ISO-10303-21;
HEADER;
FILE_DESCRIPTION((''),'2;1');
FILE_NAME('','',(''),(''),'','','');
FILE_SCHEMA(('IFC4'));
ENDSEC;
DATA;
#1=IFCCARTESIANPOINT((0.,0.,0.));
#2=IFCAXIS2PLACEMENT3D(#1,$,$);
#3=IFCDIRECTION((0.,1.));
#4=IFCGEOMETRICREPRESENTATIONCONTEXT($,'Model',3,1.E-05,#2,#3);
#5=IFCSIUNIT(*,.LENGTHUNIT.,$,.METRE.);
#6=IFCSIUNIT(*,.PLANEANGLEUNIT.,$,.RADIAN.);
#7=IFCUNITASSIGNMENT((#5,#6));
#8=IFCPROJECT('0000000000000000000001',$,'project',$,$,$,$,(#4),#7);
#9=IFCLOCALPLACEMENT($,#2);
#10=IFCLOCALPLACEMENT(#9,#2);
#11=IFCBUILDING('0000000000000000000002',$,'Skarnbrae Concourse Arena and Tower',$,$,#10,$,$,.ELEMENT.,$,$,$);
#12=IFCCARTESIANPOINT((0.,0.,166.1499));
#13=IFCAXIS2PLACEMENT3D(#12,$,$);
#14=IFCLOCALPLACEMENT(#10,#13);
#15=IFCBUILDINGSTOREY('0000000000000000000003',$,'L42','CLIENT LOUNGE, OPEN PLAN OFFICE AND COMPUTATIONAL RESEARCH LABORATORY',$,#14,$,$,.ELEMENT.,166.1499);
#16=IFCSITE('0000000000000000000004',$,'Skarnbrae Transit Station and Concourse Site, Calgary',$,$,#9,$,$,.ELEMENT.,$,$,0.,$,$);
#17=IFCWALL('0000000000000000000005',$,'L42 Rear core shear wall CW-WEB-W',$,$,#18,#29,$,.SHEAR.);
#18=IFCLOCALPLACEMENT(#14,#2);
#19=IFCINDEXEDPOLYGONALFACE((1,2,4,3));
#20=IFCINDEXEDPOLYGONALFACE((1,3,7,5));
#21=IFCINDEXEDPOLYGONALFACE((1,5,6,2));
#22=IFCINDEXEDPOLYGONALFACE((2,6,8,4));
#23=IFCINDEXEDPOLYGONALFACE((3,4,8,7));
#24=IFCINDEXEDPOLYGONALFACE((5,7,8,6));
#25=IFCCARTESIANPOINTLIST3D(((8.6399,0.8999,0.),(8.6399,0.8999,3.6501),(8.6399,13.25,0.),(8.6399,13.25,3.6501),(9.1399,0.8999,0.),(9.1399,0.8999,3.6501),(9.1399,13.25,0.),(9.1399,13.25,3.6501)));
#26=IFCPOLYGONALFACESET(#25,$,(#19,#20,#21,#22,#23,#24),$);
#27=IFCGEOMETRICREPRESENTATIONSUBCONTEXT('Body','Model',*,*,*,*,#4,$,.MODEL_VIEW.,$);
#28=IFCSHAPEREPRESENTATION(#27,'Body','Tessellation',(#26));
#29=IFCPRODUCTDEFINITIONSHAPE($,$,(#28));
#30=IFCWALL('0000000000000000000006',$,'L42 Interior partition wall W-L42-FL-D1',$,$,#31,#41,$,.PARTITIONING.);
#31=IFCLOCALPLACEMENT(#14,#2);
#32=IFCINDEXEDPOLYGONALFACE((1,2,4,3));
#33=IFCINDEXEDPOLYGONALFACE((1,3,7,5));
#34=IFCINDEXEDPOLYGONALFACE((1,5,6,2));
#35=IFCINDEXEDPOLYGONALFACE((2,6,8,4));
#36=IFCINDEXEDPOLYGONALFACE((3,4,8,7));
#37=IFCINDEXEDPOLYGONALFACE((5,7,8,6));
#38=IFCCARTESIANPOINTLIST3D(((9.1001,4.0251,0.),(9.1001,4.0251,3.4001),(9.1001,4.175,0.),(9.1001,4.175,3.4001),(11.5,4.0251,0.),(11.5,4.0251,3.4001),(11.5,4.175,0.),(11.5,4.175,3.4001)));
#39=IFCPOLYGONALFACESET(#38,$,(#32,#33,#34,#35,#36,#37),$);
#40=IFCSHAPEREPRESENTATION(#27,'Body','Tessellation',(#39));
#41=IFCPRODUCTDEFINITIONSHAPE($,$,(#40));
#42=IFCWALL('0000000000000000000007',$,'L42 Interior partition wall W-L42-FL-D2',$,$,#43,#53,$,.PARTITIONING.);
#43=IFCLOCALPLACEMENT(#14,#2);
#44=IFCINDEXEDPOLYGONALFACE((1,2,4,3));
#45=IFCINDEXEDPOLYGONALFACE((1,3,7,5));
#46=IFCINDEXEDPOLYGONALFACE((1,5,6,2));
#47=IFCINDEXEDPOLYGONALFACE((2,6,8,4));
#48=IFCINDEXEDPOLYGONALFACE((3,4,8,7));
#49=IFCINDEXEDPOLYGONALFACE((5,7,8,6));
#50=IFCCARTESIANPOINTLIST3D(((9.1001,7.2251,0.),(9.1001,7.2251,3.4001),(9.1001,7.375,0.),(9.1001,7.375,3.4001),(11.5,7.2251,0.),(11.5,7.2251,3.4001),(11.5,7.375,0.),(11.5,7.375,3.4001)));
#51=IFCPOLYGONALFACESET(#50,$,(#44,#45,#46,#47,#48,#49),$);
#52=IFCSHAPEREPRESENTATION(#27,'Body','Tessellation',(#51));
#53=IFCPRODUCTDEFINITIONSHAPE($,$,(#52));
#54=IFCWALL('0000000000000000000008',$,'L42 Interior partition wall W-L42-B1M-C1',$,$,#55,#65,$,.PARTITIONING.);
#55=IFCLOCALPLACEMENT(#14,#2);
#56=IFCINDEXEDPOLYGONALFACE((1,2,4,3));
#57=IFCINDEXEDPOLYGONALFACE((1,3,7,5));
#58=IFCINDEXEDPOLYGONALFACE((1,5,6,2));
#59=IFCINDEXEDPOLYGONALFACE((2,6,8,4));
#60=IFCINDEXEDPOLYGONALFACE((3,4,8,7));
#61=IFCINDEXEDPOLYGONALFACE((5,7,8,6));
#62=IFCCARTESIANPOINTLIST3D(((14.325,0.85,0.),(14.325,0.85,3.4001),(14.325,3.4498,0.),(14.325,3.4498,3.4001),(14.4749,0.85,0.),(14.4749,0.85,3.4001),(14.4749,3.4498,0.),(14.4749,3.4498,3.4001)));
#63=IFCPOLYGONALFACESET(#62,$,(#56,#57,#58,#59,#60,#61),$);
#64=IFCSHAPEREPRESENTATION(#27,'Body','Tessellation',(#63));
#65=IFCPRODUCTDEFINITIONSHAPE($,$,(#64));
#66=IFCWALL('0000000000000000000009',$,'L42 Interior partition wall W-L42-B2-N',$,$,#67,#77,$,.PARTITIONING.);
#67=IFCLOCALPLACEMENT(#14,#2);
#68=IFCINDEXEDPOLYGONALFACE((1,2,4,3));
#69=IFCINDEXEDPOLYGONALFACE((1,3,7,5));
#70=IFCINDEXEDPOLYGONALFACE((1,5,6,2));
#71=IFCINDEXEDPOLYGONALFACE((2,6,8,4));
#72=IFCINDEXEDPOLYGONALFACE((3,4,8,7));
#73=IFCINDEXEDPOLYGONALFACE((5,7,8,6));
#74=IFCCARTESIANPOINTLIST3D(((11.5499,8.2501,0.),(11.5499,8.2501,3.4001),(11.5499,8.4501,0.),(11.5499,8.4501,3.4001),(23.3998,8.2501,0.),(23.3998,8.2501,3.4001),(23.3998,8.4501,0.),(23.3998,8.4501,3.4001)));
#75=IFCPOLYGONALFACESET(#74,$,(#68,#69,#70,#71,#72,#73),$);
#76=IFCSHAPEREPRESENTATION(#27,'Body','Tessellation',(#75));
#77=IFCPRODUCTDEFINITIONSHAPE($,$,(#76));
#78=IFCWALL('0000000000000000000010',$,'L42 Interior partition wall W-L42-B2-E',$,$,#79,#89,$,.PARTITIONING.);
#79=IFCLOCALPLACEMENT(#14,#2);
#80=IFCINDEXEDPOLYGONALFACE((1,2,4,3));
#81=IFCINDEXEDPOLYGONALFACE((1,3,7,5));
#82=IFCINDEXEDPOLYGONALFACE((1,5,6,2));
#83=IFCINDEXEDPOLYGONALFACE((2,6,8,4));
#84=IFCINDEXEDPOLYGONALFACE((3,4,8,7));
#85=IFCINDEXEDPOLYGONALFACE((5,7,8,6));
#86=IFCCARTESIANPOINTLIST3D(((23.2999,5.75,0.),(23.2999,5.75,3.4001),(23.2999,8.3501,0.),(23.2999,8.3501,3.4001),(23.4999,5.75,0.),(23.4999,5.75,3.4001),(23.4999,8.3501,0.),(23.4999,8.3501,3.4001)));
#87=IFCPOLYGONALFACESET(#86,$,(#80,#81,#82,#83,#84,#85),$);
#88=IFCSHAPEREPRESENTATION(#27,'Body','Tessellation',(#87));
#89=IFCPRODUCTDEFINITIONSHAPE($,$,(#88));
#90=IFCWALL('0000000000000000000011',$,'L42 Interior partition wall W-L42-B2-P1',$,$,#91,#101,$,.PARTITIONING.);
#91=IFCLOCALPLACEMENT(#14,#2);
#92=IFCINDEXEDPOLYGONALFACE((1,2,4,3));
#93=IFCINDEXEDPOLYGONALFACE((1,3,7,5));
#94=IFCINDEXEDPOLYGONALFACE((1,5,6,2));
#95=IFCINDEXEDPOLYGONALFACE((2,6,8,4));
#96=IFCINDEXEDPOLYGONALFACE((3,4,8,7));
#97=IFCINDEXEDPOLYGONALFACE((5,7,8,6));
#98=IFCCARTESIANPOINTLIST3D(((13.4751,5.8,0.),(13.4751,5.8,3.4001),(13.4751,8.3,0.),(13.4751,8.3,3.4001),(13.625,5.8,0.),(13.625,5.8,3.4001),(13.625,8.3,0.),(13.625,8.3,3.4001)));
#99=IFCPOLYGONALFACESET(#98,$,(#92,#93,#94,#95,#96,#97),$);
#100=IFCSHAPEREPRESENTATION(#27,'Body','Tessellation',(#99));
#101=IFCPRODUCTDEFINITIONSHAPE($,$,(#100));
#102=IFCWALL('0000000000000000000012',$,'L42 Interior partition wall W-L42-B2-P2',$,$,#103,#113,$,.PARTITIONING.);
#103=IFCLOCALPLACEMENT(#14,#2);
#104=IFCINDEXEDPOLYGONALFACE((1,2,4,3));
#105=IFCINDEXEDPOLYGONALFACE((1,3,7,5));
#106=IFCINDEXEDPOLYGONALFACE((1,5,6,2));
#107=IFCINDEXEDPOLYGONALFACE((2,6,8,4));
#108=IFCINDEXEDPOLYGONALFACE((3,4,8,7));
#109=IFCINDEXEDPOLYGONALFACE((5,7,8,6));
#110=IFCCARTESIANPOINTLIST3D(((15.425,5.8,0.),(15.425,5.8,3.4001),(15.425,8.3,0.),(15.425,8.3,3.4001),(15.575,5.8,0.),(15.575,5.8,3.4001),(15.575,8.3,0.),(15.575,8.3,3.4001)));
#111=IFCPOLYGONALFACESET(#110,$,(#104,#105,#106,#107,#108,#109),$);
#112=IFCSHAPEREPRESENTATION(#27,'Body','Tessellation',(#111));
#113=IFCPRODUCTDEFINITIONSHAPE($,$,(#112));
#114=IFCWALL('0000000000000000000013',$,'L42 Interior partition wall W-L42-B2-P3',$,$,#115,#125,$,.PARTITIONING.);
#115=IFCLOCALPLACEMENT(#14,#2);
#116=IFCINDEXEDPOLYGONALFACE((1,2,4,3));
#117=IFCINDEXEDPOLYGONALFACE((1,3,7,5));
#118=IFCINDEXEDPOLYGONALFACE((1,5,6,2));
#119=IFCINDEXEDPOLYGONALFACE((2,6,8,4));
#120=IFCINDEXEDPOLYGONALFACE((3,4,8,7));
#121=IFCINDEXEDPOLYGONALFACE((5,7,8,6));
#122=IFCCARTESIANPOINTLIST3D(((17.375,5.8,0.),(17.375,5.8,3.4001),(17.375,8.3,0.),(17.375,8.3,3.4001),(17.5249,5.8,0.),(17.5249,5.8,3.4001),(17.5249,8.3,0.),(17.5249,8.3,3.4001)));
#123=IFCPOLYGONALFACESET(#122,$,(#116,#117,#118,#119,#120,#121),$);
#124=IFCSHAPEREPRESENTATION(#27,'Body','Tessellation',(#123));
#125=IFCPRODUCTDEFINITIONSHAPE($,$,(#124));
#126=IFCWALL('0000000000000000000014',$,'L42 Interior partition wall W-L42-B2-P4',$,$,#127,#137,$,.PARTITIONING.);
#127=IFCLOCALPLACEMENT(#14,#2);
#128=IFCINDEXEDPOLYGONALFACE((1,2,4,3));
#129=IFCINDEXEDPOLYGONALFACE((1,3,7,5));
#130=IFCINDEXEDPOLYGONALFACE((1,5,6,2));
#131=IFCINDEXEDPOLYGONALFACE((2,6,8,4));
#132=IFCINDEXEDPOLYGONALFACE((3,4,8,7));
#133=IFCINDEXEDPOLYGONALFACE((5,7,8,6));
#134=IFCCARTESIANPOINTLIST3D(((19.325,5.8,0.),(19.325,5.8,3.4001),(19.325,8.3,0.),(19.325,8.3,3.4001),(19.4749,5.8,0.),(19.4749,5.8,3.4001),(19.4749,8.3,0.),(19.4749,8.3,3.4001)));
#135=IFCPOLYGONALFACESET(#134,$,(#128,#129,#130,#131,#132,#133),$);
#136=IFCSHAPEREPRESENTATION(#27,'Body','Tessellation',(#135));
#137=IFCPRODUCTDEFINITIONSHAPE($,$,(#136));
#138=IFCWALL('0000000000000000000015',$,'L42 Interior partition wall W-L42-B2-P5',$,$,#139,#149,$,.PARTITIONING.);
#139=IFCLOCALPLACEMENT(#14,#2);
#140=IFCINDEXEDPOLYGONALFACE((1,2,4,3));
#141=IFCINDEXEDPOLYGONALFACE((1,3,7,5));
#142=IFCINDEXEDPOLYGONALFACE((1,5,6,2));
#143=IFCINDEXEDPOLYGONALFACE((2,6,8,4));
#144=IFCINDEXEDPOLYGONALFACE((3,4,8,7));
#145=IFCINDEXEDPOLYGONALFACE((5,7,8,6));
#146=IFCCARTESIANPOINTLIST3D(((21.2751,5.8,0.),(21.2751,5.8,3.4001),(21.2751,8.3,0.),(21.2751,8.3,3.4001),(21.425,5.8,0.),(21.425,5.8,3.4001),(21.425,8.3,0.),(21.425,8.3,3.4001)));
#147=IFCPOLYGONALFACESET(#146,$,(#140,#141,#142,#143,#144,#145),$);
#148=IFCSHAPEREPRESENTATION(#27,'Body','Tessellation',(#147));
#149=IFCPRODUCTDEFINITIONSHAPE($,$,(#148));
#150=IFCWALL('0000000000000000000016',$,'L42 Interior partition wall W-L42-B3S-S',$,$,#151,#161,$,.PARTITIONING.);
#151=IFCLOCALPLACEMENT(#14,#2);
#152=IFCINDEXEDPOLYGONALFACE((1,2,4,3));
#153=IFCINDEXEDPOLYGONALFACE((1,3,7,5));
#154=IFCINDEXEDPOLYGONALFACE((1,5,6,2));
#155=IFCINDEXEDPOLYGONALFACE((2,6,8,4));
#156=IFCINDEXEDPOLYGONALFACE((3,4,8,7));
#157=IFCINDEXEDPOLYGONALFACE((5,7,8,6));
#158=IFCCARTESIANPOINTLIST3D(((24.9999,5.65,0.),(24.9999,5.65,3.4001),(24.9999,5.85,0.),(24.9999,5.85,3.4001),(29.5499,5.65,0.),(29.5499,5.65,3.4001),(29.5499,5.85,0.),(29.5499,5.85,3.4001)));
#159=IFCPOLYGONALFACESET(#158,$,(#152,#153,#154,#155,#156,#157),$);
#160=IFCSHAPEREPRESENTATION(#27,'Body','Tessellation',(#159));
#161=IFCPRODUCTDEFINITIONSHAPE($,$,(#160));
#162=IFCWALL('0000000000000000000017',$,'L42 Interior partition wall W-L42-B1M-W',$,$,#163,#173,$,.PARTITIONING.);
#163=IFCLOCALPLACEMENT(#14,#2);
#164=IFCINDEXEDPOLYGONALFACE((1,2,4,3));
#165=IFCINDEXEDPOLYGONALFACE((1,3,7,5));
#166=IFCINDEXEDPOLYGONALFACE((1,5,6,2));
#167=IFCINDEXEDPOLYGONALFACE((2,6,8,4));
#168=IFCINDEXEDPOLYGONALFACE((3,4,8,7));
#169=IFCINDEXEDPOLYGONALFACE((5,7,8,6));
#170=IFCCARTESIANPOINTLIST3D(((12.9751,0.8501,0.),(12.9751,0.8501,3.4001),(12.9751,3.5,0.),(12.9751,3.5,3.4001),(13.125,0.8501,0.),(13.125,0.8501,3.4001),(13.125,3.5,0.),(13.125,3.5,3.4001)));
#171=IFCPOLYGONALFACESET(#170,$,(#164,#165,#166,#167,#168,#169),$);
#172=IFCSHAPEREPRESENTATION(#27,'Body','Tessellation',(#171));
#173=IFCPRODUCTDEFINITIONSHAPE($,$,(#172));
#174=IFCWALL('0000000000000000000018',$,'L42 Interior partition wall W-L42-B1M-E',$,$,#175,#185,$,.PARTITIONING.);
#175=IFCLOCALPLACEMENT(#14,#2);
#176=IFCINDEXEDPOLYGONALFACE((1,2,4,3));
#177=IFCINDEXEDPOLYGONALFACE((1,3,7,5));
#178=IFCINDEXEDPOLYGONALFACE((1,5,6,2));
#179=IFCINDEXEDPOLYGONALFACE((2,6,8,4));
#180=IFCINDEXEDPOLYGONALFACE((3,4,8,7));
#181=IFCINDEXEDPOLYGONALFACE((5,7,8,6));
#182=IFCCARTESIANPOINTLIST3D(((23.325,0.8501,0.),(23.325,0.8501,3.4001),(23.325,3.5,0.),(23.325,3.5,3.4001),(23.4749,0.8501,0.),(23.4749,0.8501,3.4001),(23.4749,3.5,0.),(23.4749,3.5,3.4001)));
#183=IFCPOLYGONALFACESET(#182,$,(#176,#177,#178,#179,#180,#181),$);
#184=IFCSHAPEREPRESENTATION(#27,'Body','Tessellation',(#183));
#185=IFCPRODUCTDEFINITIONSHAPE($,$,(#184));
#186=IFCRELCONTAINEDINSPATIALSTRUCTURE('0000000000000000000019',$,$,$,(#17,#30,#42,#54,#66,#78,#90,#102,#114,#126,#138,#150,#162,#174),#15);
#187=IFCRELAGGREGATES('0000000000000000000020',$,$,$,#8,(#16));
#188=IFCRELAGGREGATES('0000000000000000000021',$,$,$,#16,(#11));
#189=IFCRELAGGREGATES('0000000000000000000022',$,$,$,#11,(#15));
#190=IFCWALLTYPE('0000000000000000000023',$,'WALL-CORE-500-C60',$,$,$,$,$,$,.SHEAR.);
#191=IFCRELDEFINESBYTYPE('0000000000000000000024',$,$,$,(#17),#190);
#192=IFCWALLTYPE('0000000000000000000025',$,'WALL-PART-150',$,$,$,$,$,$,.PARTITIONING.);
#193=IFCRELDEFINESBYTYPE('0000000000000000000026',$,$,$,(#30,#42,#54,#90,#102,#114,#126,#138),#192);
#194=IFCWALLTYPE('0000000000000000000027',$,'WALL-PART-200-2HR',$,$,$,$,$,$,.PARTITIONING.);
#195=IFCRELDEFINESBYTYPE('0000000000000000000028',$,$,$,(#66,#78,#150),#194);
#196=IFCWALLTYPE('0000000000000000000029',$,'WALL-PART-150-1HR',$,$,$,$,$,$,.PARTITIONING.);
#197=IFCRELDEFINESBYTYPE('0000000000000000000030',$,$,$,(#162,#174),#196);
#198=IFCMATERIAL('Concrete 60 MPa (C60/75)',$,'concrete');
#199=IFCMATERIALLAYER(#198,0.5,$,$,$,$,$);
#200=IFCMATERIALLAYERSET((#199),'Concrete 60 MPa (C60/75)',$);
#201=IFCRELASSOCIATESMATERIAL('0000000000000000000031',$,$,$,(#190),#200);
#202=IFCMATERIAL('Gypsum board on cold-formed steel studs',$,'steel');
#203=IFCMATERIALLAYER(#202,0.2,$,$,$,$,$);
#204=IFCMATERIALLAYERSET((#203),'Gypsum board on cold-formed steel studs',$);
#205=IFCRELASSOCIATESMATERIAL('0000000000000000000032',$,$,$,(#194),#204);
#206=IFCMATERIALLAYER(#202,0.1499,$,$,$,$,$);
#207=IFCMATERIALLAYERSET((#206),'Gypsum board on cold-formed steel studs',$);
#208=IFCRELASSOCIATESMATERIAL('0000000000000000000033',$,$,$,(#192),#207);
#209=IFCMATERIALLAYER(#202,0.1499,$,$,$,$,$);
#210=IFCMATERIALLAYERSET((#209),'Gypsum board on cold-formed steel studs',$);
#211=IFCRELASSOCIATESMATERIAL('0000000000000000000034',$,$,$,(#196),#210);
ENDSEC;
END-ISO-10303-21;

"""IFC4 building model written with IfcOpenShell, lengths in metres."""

from ifc_helpers import new_model, si_unit, direction, frame, frame_2d, origin, place, context, subcontext, project, spatial, rectangle, extrude, source, transform, mapped, material, layer, layer_set, type_object, element, save


model = new_model("IFC4")

# Units and contexts
model_context = context("Model", 3, precision=1e-05, world=origin(), true_north=direction((0.0, 1.0)))
body_context = subcontext(model_context, "Body", "Model", "MODEL_VIEW")
ifc_project = project(units=[si_unit("LENGTHUNIT", "METRE"), si_unit("PLANEANGLEUNIT", "RADIAN")], contexts=[model_context])

# Site, building, storey
site_placement = place(None, origin())
site = spatial("IfcSite", under=ifc_project, at=site_placement, Name="Skarnbrae Transit Station and Concourse Site, Calgary", CompositionType="ELEMENT", RefElevation=0.0)
building_placement = place(site_placement, origin())
building = spatial("IfcBuilding", under=site, at=building_placement, Name="Skarnbrae Concourse Arena and Tower", CompositionType="ELEMENT")
storey_placement = place(building_placement, frame((0.0, 0.0, 166.1499)))
storey = spatial("IfcBuildingStorey", under=building, at=storey_placement, Name="L42", Description="CLIENT LOUNGE, OPEN PLAN OFFICE AND COMPUTATIONAL RESEARCH LABORATORY", CompositionType="ELEMENT", Elevation=166.1499)

# Wall
ifc_material_1 = material(Name="Concrete 60 MPa (C60/75)", Category="concrete")
ifc_layer_1 = layer(ifc_material_1, 0.5)
ifc_layer_set_1 = layer_set([ifc_layer_1], Name="Concrete 60 MPa (C60/75)")
wall_type_1 = type_object("IfcWallType", Name="WALL-CORE-500-C60", PredefinedType="SHEAR", material=ifc_layer_set_1)
shared_shape_1 = source(origin(), body_context, "Body", "SweptSolid", [
    extrude(rectangle(XDim=12.3501, YDim=0.5, at=frame_2d((6.175, 0.0))), origin(), (0.0, 0.0, 1.0), 3.6501),
])
wall_1_placement = place(storey_placement, frame((8.8899, 0.8999, 0.0), z_axis=(0.0, 0.0, 1.0), x_axis=(0.0, 1.0, 0.0)))
element("IfcWall", 1, at=wall_1_placement, inside=storey, type_object=wall_type_1, Name="L42 Rear core shear wall CW-WEB-W", PredefinedType="SHEAR", context=body_context, shape_type="MappedRepresentation", body=[
    mapped(shared_shape_1, transform((0.0, 0.0, 0.0))),
])

# Shared definitions
ifc_material_2 = material(Name="Gypsum board on cold-formed steel studs", Category="steel")
ifc_layer_2 = layer(ifc_material_2, 0.2)
ifc_layer_set_2 = layer_set([ifc_layer_2], Name="Gypsum board on cold-formed steel studs")
wall_type_2 = type_object("IfcWallType", Name="WALL-PART-200-2HR", PredefinedType="PARTITIONING", material=ifc_layer_set_2)

# Walls
ifc_layer_3 = layer(ifc_material_2, 0.1499)
ifc_layer_set_3 = layer_set([ifc_layer_3], Name="Gypsum board on cold-formed steel studs")
wall_type_3 = type_object("IfcWallType", Name="WALL-PART-150", PredefinedType="PARTITIONING", material=ifc_layer_set_3)
shared_shape_2 = source(origin(), body_context, "Body", "SweptSolid", [
    extrude(rectangle(XDim=2.3999, YDim=0.1499, at=frame_2d((1.2, 0.0))), origin(), (0.0, 0.0, 1.0), 3.4001),
])
for number, where, z_axis, x_axis, name in (
    (2, (9.1001, 4.1001, 0.0), (0.0, 0.0, 1.0), (1.0, 0.0, 0.0), "L42 Interior partition wall W-L42-FL-D1"),
    (3, (9.1001, 7.3, 0.0), (0.0, 0.0, 1.0), (1.0, 0.0, 0.0), "L42 Interior partition wall W-L42-FL-D2"),
):
    element("IfcWall", number, at=place(storey_placement, frame(where, z_axis=z_axis, x_axis=x_axis)), inside=storey, type_object=wall_type_3, Name=name, PredefinedType="PARTITIONING", context=body_context, shape_type="MappedRepresentation", body=[
        mapped(shared_shape_2, transform((0.0, 0.0, 0.0))),
    ])
shared_shape_3 = source(origin(), body_context, "Body", "SweptSolid", [
    extrude(rectangle(XDim=2.5999, YDim=0.1499, at=frame_2d((1.2998, 0.0))), origin(), (0.0, 0.0, 1.0), 3.4001),
])
wall_2_placement = place(storey_placement, frame((14.3999, 0.8501, 0.0), z_axis=(0.0, 0.0, 1.0), x_axis=(0.0, 1.0, 0.0)))
element("IfcWall", 4, at=wall_2_placement, inside=storey, type_object=wall_type_3, Name="L42 Interior partition wall W-L42-B1M-C1", PredefinedType="PARTITIONING", context=body_context, shape_type="MappedRepresentation", body=[
    mapped(shared_shape_3, transform((0.0, 0.0, 0.0))),
])

# Shared definitions
shared_shape_4 = source(origin(), body_context, "Body", "SweptSolid", [
    extrude(rectangle(XDim=11.8499, YDim=0.2, at=frame_2d((5.9248, 0.0))), origin(), (0.0, 0.0, 1.0), 3.4001),
])

# Walls
wall_3_placement = place(storey_placement, frame((11.55, 8.3501, 0.0), z_axis=(0.0, 0.0, 1.0), x_axis=(1.0, 0.0, 0.0)))
element("IfcWall", 5, at=wall_3_placement, inside=storey, type_object=wall_type_2, Name="L42 Interior partition wall W-L42-B2-N", PredefinedType="PARTITIONING", context=body_context, shape_type="MappedRepresentation", body=[
    mapped(shared_shape_4, transform((0.0, 0.0, 0.0))),
])
shared_shape_5 = source(origin(), body_context, "Body", "SweptSolid", [
    extrude(rectangle(XDim=2.6001, YDim=0.2, at=frame_2d((1.3, 0.0))), origin(), (0.0, 0.0, 1.0), 3.4001),
])
wall_4_placement = place(storey_placement, frame((23.3999, 5.75, 0.0), z_axis=(0.0, 0.0, 1.0), x_axis=(0.0, 1.0, 0.0)))
element("IfcWall", 6, at=wall_4_placement, inside=storey, type_object=wall_type_2, Name="L42 Interior partition wall W-L42-B2-E", PredefinedType="PARTITIONING", context=body_context, shape_type="MappedRepresentation", body=[
    mapped(shared_shape_5, transform((0.0, 0.0, 0.0))),
])
shared_shape_6 = source(origin(), body_context, "Body", "SweptSolid", [
    extrude(rectangle(XDim=2.5, YDim=0.1499, at=frame_2d((1.25, 0.0))), origin(), (0.0, 0.0, 1.0), 3.4001),
])
for number, where, z_axis, x_axis, name in (
    (7, (13.55, 5.8, 0.0), (0.0, 0.0, 1.0), (0.0, 1.0, 0.0), "L42 Interior partition wall W-L42-B2-P1"),
    (8, (15.5, 5.8, 0.0), (0.0, 0.0, 1.0), (0.0, 1.0, 0.0), "L42 Interior partition wall W-L42-B2-P2"),
    (9, (17.45, 5.8, 0.0), (0.0, 0.0, 1.0), (0.0, 1.0, 0.0), "L42 Interior partition wall W-L42-B2-P3"),
    (10, (19.3999, 5.8, 0.0), (0.0, 0.0, 1.0), (0.0, 1.0, 0.0), "L42 Interior partition wall W-L42-B2-P4"),
    (11, (21.3501, 5.8, 0.0), (0.0, 0.0, 1.0), (0.0, 1.0, 0.0), "L42 Interior partition wall W-L42-B2-P5"),
):
    element("IfcWall", number, at=place(storey_placement, frame(where, z_axis=z_axis, x_axis=x_axis)), inside=storey, type_object=wall_type_3, Name=name, PredefinedType="PARTITIONING", context=body_context, shape_type="MappedRepresentation", body=[
        mapped(shared_shape_6, transform((0.0, 0.0, 0.0))),
    ])
shared_shape_7 = source(origin(), body_context, "Body", "SweptSolid", [
    extrude(rectangle(XDim=4.55, YDim=0.2, at=frame_2d((2.2749, 0.0))), origin(), (0.0, 0.0, 1.0), 3.4001),
])
wall_5_placement = place(storey_placement, frame((25.0, 5.75, 0.0), z_axis=(0.0, 0.0, 1.0), x_axis=(1.0, 0.0, 0.0)))
element("IfcWall", 12, at=wall_5_placement, inside=storey, type_object=wall_type_2, Name="L42 Interior partition wall W-L42-B3S-S", PredefinedType="PARTITIONING", context=body_context, shape_type="MappedRepresentation", body=[
    mapped(shared_shape_7, transform((0.0, 0.0, 0.0))),
])
ifc_layer_4 = layer(ifc_material_2, 0.1499)
ifc_layer_set_4 = layer_set([ifc_layer_4], Name="Gypsum board on cold-formed steel studs")
wall_type_4 = type_object("IfcWallType", Name="WALL-PART-150-1HR", PredefinedType="PARTITIONING", material=ifc_layer_set_4)
shared_shape_8 = source(origin(), body_context, "Body", "SweptSolid", [
    extrude(rectangle(XDim=2.6499, YDim=0.1499, at=frame_2d((1.325, 0.0))), origin(), (0.0, 0.0, 1.0), 3.4001),
])
for number, where, z_axis, x_axis, name in (
    (13, (13.05, 0.8501, 0.0), (0.0, 0.0, 1.0), (0.0, 1.0, 0.0), "L42 Interior partition wall W-L42-B1M-W"),
    (14, (23.3999, 0.8501, 0.0), (0.0, 0.0, 1.0), (0.0, 1.0, 0.0), "L42 Interior partition wall W-L42-B1M-E"),
):
    element("IfcWall", number, at=place(storey_placement, frame(where, z_axis=z_axis, x_axis=x_axis)), inside=storey, type_object=wall_type_4, Name=name, PredefinedType="PARTITIONING", context=body_context, shape_type="MappedRepresentation", body=[
        mapped(shared_shape_8, transform((0.0, 0.0, 0.0))),
    ])

save(model, "model.ifc")
